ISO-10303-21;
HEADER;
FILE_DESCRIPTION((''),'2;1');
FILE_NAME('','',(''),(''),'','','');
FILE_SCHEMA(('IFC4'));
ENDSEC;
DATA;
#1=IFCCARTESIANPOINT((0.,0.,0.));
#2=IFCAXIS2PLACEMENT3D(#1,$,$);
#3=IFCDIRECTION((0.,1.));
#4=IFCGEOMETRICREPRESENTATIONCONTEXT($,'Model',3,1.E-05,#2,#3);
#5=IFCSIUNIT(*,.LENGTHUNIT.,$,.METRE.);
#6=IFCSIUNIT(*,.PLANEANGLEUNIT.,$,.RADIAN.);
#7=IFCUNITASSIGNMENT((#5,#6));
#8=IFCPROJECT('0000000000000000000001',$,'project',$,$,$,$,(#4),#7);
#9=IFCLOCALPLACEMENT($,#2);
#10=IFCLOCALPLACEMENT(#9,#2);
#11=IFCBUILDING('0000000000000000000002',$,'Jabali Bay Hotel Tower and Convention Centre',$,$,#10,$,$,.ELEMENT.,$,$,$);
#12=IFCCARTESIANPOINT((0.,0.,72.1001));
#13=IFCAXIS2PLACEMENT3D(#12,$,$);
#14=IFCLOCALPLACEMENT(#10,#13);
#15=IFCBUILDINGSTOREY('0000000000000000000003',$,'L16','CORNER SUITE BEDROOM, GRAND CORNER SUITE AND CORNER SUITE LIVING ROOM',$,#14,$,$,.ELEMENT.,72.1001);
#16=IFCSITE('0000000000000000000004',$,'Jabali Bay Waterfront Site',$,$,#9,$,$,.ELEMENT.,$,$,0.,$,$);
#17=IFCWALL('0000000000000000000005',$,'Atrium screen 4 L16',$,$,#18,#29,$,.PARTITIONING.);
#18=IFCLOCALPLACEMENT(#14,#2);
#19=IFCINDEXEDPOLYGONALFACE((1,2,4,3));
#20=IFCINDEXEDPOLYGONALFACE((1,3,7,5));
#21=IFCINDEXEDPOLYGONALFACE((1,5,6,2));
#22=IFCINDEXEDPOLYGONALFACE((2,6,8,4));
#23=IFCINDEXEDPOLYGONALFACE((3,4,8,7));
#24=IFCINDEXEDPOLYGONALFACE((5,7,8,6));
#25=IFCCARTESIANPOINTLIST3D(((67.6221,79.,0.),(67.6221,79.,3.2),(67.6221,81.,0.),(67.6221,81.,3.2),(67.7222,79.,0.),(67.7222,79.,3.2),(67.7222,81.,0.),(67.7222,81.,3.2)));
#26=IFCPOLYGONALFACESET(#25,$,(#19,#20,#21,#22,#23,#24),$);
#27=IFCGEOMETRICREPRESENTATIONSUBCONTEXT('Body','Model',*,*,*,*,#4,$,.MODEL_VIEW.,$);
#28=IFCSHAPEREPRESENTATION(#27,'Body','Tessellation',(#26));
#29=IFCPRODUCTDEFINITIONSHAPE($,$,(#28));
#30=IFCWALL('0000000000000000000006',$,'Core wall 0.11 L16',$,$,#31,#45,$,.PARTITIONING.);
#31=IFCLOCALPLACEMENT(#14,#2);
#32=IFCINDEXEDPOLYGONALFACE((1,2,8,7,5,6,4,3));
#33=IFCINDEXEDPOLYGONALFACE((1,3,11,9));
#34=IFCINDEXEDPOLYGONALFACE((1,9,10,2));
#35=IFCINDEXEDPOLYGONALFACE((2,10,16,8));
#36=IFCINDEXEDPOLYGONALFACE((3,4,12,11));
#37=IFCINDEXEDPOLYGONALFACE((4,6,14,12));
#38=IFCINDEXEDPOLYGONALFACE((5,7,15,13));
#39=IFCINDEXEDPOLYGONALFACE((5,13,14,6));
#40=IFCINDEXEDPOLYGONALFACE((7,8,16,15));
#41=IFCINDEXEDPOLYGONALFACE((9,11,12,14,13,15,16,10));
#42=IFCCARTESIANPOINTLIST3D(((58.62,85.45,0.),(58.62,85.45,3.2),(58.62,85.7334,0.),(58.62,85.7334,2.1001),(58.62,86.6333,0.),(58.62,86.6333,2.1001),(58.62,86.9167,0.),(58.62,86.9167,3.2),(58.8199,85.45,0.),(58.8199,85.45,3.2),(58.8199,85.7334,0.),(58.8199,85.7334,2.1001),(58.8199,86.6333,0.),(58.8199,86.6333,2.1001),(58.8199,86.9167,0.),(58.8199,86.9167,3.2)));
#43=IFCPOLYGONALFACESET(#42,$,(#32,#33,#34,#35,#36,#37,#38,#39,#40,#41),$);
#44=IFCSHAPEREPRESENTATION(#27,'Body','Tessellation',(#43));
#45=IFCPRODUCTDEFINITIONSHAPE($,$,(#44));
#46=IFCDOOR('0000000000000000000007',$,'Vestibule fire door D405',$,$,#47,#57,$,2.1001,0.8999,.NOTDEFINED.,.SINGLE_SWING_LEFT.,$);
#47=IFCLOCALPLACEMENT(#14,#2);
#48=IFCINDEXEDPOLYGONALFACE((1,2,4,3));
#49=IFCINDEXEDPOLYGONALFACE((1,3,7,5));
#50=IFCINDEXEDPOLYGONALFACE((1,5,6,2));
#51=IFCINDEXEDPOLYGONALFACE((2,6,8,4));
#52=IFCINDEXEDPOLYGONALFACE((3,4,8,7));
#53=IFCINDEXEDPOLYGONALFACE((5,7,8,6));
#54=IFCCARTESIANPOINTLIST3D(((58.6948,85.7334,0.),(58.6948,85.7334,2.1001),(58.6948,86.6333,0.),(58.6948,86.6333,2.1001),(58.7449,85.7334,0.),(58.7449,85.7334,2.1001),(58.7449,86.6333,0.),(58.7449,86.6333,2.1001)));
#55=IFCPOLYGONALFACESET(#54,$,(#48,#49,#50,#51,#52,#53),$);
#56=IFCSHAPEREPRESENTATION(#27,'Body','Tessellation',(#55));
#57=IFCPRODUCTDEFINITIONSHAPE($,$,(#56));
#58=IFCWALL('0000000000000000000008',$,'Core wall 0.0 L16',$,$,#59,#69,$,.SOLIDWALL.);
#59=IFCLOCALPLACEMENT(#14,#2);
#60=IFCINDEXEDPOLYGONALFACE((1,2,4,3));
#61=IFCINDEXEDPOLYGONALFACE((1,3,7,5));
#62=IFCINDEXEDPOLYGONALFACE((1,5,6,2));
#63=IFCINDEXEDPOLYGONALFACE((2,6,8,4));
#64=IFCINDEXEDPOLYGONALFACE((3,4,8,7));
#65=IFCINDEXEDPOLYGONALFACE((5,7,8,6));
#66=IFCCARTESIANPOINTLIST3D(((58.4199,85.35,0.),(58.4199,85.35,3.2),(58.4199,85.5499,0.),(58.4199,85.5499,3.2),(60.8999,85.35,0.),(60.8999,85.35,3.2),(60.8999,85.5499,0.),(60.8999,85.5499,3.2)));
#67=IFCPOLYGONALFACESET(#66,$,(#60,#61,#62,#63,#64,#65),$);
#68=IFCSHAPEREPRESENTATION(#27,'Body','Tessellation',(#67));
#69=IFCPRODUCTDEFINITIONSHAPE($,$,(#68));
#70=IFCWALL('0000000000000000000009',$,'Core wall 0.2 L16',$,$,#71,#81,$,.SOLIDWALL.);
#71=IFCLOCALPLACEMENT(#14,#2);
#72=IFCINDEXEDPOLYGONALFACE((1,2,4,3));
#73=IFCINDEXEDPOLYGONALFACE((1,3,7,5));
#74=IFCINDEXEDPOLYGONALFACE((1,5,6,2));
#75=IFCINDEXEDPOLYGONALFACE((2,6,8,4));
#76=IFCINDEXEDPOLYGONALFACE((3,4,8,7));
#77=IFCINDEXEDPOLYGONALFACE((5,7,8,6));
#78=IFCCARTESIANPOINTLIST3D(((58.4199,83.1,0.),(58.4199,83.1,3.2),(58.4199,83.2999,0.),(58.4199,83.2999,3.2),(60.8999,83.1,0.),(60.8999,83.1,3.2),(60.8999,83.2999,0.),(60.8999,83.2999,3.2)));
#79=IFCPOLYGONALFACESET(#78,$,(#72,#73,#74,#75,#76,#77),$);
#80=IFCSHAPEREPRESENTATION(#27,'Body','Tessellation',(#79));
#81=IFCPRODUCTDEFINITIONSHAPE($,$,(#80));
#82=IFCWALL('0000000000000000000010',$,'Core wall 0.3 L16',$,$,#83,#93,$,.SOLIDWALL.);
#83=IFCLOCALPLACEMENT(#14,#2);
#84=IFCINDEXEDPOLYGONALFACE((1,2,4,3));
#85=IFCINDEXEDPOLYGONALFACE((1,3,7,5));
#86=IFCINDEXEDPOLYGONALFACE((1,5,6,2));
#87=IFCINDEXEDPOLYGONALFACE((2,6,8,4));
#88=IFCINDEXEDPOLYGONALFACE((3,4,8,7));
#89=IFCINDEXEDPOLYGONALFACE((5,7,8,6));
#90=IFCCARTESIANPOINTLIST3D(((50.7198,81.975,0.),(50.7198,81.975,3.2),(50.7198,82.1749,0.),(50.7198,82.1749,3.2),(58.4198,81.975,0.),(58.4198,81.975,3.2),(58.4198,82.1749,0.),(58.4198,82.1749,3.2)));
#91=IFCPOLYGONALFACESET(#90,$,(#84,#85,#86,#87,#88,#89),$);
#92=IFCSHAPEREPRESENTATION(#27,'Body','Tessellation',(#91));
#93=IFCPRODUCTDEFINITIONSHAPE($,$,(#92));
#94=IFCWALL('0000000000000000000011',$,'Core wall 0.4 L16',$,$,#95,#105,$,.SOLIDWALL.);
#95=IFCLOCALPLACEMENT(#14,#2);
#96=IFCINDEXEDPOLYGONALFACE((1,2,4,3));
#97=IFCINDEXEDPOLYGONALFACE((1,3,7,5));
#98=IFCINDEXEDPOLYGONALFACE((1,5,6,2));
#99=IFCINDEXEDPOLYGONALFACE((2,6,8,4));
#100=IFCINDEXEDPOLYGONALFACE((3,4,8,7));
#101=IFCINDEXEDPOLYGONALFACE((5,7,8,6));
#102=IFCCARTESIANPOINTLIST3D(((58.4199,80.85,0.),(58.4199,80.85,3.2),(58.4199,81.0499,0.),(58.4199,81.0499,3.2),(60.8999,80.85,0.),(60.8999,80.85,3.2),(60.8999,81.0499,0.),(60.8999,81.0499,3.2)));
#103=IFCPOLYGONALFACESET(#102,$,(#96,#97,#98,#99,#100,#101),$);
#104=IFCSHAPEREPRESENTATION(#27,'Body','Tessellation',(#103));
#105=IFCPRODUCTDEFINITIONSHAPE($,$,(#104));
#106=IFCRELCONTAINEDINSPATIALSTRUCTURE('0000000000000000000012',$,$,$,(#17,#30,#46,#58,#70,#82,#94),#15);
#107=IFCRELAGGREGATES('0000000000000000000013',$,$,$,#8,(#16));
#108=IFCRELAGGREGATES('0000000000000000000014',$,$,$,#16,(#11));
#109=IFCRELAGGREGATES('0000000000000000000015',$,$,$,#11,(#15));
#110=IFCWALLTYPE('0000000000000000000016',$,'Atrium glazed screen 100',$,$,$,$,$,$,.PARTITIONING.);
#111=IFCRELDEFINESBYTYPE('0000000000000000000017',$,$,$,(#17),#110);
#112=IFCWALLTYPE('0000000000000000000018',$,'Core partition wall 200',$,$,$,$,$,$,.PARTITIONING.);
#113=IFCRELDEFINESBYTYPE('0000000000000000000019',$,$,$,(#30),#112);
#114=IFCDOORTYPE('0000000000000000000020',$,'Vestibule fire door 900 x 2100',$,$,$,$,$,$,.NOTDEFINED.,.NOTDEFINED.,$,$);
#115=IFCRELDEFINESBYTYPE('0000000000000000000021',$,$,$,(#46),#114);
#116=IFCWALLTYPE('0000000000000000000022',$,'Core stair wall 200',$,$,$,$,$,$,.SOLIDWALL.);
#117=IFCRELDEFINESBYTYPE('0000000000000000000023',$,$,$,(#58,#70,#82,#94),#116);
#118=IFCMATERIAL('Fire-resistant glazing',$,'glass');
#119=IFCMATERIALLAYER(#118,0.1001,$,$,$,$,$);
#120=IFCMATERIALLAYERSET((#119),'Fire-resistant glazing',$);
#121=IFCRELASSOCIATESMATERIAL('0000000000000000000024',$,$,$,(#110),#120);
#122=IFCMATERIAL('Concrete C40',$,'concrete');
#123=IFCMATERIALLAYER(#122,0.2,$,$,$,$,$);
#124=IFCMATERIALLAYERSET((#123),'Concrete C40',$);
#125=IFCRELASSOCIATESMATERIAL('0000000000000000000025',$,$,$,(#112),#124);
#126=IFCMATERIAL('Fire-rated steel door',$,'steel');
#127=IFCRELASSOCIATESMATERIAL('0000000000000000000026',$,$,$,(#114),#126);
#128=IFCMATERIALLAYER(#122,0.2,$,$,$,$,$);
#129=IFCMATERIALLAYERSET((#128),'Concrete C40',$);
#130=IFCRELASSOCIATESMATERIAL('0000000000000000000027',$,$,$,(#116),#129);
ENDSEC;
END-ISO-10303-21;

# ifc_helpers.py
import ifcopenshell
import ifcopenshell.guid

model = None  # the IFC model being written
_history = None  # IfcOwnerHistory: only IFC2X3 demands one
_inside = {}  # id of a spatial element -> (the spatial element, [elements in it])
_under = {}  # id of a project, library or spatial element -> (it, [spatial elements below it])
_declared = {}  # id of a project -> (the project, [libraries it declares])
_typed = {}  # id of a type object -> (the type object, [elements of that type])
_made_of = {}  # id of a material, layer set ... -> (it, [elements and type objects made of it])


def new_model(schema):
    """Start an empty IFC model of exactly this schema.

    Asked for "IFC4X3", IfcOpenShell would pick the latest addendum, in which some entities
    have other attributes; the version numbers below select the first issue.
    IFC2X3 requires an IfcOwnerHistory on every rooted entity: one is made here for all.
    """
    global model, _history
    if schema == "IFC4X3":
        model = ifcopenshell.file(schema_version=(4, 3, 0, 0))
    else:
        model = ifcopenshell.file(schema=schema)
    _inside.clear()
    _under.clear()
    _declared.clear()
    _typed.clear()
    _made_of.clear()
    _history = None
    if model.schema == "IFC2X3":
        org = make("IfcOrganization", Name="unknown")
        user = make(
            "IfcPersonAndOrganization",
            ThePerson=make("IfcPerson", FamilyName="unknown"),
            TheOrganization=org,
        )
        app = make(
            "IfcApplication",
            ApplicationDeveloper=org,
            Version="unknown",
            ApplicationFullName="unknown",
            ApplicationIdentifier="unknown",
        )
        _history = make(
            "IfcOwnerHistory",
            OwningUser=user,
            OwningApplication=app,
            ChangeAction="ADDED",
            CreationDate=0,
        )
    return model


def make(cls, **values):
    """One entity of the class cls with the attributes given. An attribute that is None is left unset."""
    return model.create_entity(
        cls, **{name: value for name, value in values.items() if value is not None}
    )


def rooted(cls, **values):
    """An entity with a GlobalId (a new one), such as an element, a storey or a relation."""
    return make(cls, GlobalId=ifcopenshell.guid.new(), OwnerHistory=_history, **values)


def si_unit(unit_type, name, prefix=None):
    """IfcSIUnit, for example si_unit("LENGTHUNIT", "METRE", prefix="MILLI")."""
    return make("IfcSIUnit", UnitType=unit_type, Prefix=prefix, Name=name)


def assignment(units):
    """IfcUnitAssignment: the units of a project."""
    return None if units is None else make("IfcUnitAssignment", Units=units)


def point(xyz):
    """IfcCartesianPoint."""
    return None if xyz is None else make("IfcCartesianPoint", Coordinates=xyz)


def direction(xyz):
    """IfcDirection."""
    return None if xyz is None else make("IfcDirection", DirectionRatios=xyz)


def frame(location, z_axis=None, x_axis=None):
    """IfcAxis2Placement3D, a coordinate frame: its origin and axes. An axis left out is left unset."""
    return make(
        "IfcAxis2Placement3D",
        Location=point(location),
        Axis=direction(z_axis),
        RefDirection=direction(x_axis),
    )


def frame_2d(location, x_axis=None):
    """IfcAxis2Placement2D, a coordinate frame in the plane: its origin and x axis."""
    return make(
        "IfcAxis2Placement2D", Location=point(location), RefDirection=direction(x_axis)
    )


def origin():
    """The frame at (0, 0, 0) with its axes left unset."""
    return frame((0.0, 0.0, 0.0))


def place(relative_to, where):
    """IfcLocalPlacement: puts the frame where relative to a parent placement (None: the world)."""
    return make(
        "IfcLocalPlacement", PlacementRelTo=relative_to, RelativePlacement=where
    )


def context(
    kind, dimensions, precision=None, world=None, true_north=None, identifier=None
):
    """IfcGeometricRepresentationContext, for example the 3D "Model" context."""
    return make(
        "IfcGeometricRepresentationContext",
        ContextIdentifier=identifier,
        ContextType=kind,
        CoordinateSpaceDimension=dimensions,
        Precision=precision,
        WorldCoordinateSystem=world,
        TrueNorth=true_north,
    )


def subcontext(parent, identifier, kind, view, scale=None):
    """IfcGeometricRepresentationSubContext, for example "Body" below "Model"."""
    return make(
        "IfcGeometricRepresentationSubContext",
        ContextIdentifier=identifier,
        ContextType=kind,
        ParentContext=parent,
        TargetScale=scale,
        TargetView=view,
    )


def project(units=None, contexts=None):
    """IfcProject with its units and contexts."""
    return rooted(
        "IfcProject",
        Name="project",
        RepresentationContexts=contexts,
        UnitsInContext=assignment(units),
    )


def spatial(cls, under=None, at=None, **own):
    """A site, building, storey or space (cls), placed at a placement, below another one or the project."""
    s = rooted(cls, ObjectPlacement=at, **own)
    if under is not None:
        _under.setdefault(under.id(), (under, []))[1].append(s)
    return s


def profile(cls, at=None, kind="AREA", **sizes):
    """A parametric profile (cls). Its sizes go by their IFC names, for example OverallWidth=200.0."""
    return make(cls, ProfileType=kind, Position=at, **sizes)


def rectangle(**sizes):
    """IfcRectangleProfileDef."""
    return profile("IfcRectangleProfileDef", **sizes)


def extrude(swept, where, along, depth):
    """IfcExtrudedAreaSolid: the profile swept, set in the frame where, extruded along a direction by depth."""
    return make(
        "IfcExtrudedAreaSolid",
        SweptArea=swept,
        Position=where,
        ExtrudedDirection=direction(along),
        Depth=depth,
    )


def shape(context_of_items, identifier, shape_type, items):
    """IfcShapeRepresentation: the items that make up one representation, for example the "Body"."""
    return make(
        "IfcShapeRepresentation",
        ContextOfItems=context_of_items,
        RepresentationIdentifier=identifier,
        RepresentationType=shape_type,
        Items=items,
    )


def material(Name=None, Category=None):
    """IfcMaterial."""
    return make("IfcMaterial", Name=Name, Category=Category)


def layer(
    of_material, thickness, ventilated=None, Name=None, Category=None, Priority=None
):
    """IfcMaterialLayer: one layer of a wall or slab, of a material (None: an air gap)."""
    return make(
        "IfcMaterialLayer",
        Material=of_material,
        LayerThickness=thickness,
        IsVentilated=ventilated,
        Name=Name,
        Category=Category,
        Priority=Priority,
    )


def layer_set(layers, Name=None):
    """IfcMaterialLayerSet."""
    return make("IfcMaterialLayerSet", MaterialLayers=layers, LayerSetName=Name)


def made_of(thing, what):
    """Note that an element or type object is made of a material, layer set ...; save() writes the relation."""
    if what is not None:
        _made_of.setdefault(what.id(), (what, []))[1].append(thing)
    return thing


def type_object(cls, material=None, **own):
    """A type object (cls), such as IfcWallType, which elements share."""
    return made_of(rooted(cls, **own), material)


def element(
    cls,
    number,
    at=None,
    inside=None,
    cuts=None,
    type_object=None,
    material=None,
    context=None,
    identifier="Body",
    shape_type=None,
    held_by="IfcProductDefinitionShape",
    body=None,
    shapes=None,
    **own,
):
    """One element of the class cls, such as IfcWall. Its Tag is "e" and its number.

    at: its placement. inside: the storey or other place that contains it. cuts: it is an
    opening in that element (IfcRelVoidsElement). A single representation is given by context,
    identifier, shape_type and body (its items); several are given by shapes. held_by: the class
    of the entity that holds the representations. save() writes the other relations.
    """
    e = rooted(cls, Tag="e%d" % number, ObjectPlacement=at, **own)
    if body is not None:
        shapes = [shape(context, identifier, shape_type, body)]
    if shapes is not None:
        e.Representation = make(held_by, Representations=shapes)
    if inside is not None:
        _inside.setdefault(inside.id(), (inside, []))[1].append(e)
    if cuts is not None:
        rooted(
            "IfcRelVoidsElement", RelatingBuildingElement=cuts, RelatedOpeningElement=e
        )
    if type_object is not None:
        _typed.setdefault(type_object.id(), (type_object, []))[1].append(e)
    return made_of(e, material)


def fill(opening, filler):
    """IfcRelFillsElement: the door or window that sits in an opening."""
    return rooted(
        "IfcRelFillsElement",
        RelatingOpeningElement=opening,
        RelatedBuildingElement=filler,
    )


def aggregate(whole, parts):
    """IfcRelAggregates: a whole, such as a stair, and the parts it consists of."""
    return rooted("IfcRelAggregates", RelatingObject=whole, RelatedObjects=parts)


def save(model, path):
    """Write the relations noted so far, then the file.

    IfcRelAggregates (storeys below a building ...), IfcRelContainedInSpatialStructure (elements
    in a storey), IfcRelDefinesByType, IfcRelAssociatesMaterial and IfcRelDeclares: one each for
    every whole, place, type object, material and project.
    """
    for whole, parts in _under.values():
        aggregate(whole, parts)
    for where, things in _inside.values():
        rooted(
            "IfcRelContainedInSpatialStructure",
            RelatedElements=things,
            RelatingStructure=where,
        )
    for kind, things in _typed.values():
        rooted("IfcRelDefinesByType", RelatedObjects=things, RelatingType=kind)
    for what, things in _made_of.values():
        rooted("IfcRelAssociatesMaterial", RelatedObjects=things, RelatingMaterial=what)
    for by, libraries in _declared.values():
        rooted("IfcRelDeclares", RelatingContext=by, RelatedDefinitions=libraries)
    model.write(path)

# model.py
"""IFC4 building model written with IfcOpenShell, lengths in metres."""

from ifc_helpers import new_model, si_unit, direction, frame, frame_2d, origin, place, context, subcontext, project, spatial, rectangle, extrude, material, layer, layer_set, type_object, element, fill, save


model = new_model("IFC4")

# Units and contexts
model_context = context("Model", 3, precision=1e-05, world=origin(), true_north=direction((0.0, 1.0)))
body_context = subcontext(model_context, "Body", "Model", "MODEL_VIEW")
ifc_project = project(units=[si_unit("LENGTHUNIT", "METRE"), si_unit("PLANEANGLEUNIT", "RADIAN")], contexts=[model_context])

# Site, building, storey
site_placement = place(None, origin())
site = spatial("IfcSite", under=ifc_project, at=site_placement, Name="Jabali Bay Waterfront Site", CompositionType="ELEMENT", RefElevation=0.0)
building_placement = place(site_placement, origin())
building = spatial("IfcBuilding", under=site, at=building_placement, Name="Jabali Bay Hotel Tower and Convention Centre", CompositionType="ELEMENT")
storey_placement = place(building_placement, frame((0.0, 0.0, 72.1001)))
storey = spatial("IfcBuildingStorey", under=building, at=storey_placement, Name="L16", Description="CORNER SUITE BEDROOM, GRAND CORNER SUITE AND CORNER SUITE LIVING ROOM", CompositionType="ELEMENT", Elevation=72.1001)

# Wall
ifc_material_1 = material(Name="Fire-resistant glazing", Category="glass")
ifc_layer_1 = layer(ifc_material_1, 0.1001)
ifc_layer_set_1 = layer_set([ifc_layer_1], Name="Fire-resistant glazing")
wall_type_1 = type_object("IfcWallType", Name="Atrium glazed screen 100", PredefinedType="PARTITIONING", material=ifc_layer_set_1)
wall_1_placement = place(storey_placement, frame((67.6721, 81.0, 0.0), z_axis=(0.0, 0.0, 1.0), x_axis=(0.0, -1.0, 0.0)))
element("IfcWall", 1, at=wall_1_placement, inside=storey, type_object=wall_type_1, Name="Atrium screen 4 L16", PredefinedType="PARTITIONING", context=body_context, shape_type="SweptSolid", body=[
    extrude(rectangle(XDim=2.0, YDim=0.1001, at=frame_2d((1.0, 0.0))), origin(), (0.0, 0.0, 1.0), 3.2),
])

# Wall, opening, door
ifc_material_2 = material(Name="Concrete C40", Category="concrete")
ifc_layer_2 = layer(ifc_material_2, 0.2)
ifc_layer_set_2 = layer_set([ifc_layer_2], Name="Concrete C40")
wall_type_2 = type_object("IfcWallType", Name="Core partition wall 200", PredefinedType="PARTITIONING", material=ifc_layer_set_2)
wall_2_placement = place(storey_placement, frame((58.72, 86.9167, 0.0), z_axis=(0.0, 0.0, 1.0), x_axis=(0.0, -1.0, 0.0)))
wall_2 = element("IfcWall", 2, at=wall_2_placement, inside=storey, type_object=wall_type_2, Name="Core wall 0.11 L16", PredefinedType="PARTITIONING", context=body_context, shape_type="SweptSolid", body=[
    extrude(rectangle(XDim=1.4668, YDim=0.2, at=frame_2d((0.7334, 0.0))), origin(), (0.0, 0.0, 1.0), 3.2),
])
opening_1_placement = place(wall_2_placement, frame((0.2834, 0.0, 0.0)))
opening_1 = element("IfcOpeningElement", 3, at=opening_1_placement, cuts=wall_2, PredefinedType="OPENING", context=body_context, shape_type="SweptSolid", body=[
    extrude(rectangle(XDim=0.8999, YDim=2.1001, at=frame_2d((0.45, 1.05))), frame((0.0, 0.1104, 0.0), z_axis=(0.0, -1.0, 0.0), x_axis=(1.0, 0.0, 0.0)), (0.0, 0.0, 1.0), 0.2209),
])
ifc_material_3 = material(Name="Fire-rated steel door", Category="steel")
door_type_1 = type_object("IfcDoorType", Name="Vestibule fire door 900 x 2100", OperationType="NOTDEFINED", PredefinedType="NOTDEFINED", material=ifc_material_3)
door_1_placement = place(opening_1_placement, origin())
door_1 = element("IfcDoor", 4, at=door_1_placement, inside=storey, type_object=door_type_1, Name="Vestibule fire door D405", OperationType="SINGLE_SWING_LEFT", OverallHeight=2.1001, OverallWidth=0.8999, PredefinedType="NOTDEFINED", context=body_context, shape_type="SweptSolid", body=[
    extrude(rectangle(XDim=0.8999, YDim=2.1001, at=frame_2d((0.45, 1.05))), frame((0.0, 0.0249, 0.0), z_axis=(0.0, -1.0, 0.0), x_axis=(1.0, 0.0, 0.0)), (0.0, 0.0, 1.0), 0.05),
])
fill(opening_1, door_1)

# Walls
ifc_layer_3 = layer(ifc_material_2, 0.2)
ifc_layer_set_3 = layer_set([ifc_layer_3], Name="Concrete C40")
wall_type_3 = type_object("IfcWallType", Name="Core stair wall 200", PredefinedType="SOLIDWALL", material=ifc_layer_set_3)
for number, where, z_axis, x_axis, name in (
    (5, (60.8999, 85.45, 0.0), (0.0, 0.0, 1.0), (-1.0, 0.0, 0.0), "Core wall 0.0 L16"),
    (6, (60.8999, 83.2, 0.0), (0.0, 0.0, 1.0), (-1.0, 0.0, 0.0), "Core wall 0.2 L16"),
):
    element("IfcWall", number, at=place(storey_placement, frame(where, z_axis=z_axis, x_axis=x_axis)), inside=storey, type_object=wall_type_3, Name=name, PredefinedType="SOLIDWALL", context=body_context, shape_type="SweptSolid", body=[
        extrude(rectangle(XDim=2.48, YDim=0.2, at=frame_2d((1.24, 0.0))), origin(), (0.0, 0.0, 1.0), 3.2),
    ])
wall_3_placement = place(storey_placement, frame((58.4199, 82.075, 0.0), z_axis=(0.0, 0.0, 1.0), x_axis=(-1.0, 0.0, 0.0)))
element("IfcWall", 7, at=wall_3_placement, inside=storey, type_object=wall_type_3, Name="Core wall 0.3 L16", PredefinedType="SOLIDWALL", context=body_context, shape_type="SweptSolid", body=[
    extrude(rectangle(XDim=7.7, YDim=0.2, at=frame_2d((3.8501, 0.0))), origin(), (0.0, 0.0, 1.0), 3.2),
])
wall_4_placement = place(storey_placement, frame((60.8999, 80.95, 0.0), z_axis=(0.0, 0.0, 1.0), x_axis=(-1.0, 0.0, 0.0)))
element("IfcWall", 8, at=wall_4_placement, inside=storey, type_object=wall_type_3, Name="Core wall 0.4 L16", PredefinedType="SOLIDWALL", context=body_context, shape_type="SweptSolid", body=[
    extrude(rectangle(XDim=2.48, YDim=0.2, at=frame_2d((1.24, 0.0))), origin(), (0.0, 0.0, 1.0), 3.2),
])

save(model, "model.ifc")
